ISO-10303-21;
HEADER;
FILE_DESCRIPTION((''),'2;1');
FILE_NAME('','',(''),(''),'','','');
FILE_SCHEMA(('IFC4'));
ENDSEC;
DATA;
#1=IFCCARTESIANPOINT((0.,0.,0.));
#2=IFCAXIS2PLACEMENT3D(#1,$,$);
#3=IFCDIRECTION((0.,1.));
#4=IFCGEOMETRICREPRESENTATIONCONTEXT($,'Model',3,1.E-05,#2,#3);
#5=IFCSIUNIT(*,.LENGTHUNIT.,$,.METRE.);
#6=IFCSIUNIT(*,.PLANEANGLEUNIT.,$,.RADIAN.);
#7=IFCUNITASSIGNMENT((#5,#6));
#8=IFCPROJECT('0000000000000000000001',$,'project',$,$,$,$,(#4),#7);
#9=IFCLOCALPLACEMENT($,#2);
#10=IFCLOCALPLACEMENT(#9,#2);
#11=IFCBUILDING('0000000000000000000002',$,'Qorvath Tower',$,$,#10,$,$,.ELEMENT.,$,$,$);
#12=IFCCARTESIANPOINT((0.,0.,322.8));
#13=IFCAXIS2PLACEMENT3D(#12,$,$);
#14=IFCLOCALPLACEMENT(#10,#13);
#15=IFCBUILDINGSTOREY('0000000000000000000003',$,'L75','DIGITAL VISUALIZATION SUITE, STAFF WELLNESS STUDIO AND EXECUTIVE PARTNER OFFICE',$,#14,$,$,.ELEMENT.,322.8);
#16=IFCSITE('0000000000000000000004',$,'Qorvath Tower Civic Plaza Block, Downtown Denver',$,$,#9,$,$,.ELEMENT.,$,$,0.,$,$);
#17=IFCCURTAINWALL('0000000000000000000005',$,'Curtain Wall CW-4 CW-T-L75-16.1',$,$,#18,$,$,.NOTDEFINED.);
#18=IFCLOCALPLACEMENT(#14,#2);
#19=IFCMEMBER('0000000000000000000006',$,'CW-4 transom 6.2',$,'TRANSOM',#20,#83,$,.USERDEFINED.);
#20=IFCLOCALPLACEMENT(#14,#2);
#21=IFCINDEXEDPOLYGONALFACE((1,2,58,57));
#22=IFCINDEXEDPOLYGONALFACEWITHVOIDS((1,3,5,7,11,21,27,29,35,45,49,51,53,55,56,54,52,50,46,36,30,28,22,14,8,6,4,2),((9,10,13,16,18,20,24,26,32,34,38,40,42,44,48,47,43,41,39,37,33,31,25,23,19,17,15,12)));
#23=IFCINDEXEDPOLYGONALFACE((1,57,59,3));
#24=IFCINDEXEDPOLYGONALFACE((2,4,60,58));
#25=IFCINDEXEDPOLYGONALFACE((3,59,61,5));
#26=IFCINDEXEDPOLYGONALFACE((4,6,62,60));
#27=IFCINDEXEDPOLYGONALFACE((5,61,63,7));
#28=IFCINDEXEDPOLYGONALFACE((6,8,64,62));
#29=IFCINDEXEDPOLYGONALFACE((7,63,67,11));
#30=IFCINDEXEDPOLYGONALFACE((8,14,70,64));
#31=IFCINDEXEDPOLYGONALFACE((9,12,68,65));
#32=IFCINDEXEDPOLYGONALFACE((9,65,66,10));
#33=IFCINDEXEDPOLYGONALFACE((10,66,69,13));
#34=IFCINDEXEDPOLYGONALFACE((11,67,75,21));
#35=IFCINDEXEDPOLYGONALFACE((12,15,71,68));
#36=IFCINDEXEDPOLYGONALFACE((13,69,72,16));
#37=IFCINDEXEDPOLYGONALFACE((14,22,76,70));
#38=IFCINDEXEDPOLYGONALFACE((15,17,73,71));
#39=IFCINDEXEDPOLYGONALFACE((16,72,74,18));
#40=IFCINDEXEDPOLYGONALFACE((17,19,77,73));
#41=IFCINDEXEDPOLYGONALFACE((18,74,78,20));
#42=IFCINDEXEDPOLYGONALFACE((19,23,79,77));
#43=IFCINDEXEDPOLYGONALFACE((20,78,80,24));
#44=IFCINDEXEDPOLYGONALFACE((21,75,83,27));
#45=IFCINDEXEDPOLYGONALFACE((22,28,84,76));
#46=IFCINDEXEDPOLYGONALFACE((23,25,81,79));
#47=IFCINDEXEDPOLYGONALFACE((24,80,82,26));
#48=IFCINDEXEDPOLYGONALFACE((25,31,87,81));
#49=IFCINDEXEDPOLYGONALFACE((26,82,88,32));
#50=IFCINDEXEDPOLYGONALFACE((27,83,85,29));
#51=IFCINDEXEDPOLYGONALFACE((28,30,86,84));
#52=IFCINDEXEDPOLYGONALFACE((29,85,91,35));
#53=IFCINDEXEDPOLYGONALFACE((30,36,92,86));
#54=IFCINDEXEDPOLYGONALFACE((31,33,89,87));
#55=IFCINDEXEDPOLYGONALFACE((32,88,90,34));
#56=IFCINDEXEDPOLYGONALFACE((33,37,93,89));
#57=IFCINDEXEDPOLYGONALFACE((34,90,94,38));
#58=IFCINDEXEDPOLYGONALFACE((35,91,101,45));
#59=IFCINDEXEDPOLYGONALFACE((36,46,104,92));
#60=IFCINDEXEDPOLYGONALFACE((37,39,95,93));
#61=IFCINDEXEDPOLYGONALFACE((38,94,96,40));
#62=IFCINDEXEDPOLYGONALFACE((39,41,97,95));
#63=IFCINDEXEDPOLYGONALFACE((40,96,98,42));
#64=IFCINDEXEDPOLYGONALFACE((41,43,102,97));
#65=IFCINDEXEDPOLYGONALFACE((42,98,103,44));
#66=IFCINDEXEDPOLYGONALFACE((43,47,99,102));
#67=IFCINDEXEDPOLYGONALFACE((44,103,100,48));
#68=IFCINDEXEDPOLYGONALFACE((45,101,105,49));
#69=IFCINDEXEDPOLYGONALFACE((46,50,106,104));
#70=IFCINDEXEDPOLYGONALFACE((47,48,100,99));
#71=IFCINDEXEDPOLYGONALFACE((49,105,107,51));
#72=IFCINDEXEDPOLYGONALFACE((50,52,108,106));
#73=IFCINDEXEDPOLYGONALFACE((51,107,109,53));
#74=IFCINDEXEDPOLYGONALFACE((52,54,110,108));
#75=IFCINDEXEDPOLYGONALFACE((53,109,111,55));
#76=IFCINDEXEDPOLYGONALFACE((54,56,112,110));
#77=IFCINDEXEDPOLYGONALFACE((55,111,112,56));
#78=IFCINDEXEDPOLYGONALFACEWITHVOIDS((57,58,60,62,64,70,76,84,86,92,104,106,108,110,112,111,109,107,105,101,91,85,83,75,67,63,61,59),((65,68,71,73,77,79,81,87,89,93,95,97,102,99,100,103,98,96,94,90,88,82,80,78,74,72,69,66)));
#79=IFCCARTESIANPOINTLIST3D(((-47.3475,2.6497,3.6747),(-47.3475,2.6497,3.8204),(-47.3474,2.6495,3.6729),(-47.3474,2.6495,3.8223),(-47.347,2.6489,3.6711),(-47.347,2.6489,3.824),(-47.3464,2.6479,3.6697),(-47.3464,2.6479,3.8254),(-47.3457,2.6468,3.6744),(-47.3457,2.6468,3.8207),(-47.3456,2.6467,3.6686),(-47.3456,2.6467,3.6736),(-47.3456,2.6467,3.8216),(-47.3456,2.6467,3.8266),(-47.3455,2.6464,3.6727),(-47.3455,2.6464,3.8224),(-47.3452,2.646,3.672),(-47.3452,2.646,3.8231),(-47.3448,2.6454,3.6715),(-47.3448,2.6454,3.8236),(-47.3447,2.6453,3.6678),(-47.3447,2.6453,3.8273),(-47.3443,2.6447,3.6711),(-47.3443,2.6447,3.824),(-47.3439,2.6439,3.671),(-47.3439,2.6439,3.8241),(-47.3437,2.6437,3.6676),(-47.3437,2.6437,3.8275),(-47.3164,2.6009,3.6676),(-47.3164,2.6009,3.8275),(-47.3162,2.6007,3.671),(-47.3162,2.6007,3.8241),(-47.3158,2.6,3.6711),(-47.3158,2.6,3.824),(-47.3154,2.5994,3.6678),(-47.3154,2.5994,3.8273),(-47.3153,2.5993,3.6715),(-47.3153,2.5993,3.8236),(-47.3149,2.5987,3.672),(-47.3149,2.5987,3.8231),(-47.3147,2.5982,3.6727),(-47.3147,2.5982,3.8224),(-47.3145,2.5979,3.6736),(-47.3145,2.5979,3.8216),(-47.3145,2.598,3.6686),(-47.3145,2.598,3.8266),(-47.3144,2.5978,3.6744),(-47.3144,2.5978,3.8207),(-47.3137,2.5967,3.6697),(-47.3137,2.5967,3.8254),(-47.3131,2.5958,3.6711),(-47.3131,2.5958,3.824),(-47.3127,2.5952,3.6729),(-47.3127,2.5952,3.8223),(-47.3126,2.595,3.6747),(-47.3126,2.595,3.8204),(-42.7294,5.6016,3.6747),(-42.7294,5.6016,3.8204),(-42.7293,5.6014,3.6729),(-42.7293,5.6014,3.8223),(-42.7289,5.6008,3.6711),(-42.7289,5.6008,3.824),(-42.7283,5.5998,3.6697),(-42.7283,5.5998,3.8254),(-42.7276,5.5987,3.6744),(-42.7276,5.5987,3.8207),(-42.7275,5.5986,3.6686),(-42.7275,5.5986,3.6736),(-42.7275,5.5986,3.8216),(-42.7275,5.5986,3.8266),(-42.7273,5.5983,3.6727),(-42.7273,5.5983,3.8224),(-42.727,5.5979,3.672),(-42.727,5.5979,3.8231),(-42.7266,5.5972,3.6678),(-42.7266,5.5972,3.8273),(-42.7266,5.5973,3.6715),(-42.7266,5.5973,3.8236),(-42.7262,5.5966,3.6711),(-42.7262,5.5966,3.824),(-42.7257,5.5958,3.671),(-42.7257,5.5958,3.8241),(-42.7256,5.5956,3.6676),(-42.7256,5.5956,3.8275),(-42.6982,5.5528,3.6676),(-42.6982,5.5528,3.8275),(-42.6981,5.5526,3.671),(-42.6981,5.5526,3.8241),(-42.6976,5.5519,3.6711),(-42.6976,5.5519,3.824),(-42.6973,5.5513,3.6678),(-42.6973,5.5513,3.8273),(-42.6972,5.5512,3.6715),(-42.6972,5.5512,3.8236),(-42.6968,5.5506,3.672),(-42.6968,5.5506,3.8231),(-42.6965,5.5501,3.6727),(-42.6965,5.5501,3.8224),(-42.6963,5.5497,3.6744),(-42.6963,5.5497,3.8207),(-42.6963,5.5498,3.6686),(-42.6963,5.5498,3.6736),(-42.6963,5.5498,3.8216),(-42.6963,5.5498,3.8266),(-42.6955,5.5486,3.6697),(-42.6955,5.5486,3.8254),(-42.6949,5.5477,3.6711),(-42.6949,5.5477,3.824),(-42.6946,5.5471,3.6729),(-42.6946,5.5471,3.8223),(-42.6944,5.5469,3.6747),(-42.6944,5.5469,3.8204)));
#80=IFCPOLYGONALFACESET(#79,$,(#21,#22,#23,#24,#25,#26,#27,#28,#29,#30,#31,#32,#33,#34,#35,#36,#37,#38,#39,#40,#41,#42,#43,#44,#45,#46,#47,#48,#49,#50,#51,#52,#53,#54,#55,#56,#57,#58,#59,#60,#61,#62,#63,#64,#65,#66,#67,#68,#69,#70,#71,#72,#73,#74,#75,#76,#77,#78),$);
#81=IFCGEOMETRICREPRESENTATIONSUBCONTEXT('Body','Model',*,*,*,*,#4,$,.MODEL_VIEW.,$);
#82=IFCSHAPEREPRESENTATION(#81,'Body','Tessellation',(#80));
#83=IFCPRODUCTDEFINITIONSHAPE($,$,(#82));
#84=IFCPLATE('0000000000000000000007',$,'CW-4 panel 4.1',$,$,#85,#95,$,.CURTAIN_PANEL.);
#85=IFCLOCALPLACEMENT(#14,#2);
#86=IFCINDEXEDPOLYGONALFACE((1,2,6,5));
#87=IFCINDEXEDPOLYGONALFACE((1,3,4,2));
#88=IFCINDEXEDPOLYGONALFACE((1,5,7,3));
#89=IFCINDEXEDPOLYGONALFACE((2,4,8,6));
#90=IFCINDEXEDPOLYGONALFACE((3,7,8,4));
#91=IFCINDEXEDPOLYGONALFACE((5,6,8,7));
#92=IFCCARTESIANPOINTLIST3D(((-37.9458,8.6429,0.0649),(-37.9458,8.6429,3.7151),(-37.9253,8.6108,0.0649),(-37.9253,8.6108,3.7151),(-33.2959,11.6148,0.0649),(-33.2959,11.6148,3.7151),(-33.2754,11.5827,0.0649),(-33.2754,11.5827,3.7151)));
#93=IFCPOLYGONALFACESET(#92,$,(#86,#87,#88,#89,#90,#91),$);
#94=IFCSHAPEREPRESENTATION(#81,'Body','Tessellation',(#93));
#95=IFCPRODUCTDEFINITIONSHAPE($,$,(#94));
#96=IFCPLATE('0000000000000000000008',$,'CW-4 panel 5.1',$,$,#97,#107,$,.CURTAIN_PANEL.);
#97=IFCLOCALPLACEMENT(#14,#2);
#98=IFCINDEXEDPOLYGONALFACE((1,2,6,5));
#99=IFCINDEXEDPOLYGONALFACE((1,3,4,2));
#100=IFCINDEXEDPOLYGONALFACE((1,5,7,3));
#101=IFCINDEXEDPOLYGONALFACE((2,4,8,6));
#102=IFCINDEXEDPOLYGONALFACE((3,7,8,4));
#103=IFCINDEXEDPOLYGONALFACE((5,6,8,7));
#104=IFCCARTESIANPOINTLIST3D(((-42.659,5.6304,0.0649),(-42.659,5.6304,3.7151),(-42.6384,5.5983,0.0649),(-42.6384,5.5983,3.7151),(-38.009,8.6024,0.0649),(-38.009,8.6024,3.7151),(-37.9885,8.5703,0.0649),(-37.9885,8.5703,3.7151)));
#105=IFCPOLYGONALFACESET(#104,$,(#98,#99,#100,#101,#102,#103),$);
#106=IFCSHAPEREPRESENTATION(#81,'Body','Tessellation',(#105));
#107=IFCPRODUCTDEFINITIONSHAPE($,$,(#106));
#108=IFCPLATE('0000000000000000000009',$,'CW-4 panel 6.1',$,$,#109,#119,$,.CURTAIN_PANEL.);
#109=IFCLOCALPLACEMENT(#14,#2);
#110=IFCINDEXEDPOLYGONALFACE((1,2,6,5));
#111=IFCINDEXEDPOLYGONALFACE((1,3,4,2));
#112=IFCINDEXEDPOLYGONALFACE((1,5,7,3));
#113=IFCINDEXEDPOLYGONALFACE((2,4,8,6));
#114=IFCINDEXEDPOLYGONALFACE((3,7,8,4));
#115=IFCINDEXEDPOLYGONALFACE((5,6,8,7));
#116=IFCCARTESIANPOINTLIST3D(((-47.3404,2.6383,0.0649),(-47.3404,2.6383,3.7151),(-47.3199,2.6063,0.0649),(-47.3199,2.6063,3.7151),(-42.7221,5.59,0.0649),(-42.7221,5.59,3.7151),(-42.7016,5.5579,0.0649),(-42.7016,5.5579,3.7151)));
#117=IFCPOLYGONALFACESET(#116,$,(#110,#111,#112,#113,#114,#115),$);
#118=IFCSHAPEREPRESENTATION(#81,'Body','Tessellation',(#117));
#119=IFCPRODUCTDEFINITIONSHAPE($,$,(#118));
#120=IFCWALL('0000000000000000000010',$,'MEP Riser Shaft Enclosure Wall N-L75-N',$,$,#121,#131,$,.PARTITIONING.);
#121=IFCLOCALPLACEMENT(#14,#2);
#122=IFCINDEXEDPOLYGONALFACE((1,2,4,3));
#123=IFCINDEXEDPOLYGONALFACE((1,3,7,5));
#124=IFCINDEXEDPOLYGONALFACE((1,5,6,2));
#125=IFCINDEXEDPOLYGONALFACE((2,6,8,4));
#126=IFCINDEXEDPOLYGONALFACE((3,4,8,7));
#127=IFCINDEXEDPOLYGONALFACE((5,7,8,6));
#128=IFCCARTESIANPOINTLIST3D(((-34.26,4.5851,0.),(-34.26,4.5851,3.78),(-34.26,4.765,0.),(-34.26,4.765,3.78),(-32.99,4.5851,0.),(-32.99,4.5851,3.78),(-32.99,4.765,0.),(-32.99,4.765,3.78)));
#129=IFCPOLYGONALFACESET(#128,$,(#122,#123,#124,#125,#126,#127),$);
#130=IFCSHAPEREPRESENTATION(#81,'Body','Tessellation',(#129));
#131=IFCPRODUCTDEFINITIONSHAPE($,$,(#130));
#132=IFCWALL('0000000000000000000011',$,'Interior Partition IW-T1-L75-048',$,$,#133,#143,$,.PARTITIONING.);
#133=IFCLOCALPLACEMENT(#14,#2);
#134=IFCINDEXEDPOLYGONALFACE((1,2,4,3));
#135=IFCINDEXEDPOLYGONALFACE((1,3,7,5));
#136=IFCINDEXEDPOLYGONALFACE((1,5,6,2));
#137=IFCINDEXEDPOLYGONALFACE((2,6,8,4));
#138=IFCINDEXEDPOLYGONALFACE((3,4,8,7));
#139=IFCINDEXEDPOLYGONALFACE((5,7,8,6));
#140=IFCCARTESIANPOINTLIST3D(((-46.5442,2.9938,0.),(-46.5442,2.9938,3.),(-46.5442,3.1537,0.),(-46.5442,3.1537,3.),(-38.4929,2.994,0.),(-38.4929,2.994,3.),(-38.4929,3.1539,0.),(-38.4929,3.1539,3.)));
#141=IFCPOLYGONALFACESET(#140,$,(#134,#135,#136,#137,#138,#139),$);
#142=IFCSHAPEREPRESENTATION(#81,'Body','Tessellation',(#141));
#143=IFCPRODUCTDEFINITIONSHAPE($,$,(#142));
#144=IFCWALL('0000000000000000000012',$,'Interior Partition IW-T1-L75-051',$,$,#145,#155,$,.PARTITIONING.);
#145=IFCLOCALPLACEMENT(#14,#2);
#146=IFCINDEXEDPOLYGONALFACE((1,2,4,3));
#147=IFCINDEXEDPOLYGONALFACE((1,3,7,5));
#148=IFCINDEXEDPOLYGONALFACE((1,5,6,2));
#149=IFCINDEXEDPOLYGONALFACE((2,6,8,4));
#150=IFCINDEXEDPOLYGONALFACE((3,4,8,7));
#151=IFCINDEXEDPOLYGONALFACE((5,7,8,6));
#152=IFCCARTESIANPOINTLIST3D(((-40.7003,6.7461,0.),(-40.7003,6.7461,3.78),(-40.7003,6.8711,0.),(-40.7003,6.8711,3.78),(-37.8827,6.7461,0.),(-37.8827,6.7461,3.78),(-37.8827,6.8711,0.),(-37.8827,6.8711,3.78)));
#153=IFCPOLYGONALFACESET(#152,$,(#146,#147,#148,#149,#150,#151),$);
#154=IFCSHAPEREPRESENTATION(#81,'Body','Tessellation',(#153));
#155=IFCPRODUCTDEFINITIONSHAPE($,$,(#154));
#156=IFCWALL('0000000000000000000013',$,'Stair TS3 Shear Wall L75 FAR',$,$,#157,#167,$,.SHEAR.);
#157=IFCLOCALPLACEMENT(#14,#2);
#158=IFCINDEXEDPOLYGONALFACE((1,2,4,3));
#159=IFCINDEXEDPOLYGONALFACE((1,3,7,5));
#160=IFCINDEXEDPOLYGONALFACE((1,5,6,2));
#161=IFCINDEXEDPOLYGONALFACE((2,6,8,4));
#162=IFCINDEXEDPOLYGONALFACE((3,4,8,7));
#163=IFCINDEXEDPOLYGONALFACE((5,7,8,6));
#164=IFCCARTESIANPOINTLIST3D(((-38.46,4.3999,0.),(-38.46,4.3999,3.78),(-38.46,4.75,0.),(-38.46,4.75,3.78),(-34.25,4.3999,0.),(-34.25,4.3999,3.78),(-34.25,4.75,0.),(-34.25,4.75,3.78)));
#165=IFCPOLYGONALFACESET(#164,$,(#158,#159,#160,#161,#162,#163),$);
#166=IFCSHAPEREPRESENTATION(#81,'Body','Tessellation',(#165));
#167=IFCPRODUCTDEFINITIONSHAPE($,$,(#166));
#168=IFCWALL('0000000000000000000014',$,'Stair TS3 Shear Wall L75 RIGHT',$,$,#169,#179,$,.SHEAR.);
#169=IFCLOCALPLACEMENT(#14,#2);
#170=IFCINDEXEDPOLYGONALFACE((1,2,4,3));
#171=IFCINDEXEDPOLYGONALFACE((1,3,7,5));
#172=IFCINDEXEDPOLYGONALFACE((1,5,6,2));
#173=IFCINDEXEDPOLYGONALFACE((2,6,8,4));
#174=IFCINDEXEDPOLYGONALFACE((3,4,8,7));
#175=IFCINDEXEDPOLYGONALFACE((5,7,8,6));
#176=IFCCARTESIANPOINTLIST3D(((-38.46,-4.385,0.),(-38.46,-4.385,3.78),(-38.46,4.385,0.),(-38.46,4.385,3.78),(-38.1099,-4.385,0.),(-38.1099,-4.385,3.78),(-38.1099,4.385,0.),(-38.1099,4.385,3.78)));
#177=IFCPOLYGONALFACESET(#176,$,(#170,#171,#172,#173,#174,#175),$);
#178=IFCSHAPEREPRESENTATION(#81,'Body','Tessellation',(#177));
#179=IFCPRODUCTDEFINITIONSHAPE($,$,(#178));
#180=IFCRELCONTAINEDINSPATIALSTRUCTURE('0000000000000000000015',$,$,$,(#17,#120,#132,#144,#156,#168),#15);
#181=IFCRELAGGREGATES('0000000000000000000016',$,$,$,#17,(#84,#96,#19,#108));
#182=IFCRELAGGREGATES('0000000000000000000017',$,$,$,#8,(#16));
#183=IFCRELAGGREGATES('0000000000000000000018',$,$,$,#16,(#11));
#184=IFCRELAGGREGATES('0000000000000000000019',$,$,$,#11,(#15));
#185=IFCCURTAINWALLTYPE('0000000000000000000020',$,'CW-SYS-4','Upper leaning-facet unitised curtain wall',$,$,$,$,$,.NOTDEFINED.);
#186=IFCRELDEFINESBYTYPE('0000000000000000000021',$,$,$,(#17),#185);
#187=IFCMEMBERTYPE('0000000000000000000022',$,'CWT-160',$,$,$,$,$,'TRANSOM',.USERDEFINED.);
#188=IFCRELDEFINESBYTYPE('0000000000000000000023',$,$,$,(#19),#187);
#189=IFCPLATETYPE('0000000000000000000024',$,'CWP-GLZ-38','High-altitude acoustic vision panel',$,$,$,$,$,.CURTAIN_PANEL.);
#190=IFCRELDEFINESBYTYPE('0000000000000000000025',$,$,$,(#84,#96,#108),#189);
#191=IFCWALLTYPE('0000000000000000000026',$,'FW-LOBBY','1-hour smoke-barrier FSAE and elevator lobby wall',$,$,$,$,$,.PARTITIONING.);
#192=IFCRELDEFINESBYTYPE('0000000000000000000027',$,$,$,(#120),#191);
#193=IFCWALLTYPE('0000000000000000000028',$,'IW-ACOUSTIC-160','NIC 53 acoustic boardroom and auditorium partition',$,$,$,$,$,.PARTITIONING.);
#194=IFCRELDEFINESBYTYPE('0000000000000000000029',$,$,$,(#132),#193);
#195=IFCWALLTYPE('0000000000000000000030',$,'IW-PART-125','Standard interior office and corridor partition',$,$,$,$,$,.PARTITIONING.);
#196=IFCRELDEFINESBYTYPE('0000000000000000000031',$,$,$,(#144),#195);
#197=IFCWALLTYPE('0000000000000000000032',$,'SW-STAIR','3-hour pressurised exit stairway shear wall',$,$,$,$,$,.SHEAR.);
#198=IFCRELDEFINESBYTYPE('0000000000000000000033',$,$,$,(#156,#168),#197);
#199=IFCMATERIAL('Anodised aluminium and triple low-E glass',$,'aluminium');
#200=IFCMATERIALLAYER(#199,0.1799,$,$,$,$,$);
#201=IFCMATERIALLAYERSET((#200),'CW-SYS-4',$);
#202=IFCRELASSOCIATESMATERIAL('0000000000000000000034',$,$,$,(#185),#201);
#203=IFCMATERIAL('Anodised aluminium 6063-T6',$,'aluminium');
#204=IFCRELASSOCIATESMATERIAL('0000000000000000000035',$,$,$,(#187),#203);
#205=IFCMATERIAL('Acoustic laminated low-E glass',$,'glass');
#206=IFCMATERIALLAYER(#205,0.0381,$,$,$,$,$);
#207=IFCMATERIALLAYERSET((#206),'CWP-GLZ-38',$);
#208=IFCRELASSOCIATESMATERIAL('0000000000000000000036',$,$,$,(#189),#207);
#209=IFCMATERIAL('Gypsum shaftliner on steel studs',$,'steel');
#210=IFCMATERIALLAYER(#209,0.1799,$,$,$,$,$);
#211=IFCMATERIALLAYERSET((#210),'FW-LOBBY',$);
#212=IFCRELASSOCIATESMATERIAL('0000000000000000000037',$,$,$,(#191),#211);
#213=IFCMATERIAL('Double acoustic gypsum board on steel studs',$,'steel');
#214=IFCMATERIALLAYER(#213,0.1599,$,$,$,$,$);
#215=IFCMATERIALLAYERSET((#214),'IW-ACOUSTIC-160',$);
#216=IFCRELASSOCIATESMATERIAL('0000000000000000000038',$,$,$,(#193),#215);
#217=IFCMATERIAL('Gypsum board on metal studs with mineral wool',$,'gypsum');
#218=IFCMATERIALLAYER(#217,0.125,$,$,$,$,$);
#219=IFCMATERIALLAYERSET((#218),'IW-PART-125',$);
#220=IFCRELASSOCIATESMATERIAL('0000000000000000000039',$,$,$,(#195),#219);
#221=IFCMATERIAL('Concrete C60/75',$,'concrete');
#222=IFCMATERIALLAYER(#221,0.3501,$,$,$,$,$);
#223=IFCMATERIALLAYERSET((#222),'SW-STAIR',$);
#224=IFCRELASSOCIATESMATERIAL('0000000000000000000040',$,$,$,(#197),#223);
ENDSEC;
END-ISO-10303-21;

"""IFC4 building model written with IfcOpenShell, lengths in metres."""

from ifc_helpers import new_model, si_unit, direction, frame, frame_2d, origin, origin_2d, place, context, subcontext, project, spatial, rectangle, hollow_rectangle, extrude, material, layer, layer_set, material_profile, profile_set, type_object, element, aggregate, save


model = new_model("IFC4")

# Units and contexts
model_context = context("Model", 3, precision=1e-05, world=origin(), true_north=direction((0.0, 1.0)))
body_context = subcontext(model_context, "Body", "Model", "MODEL_VIEW")
ifc_project = project(units=[si_unit("LENGTHUNIT", "METRE"), si_unit("PLANEANGLEUNIT", "RADIAN")], contexts=[model_context])

# Site, building, storey
site_placement = place(None, origin())
site = spatial("IfcSite", under=ifc_project, at=site_placement, Name="Qorvath Tower Civic Plaza Block, Downtown Denver", CompositionType="ELEMENT", RefElevation=0.0)
building_placement = place(site_placement, origin())
building = spatial("IfcBuilding", under=site, at=building_placement, Name="Qorvath Tower", CompositionType="ELEMENT")
storey_placement = place(building_placement, frame((0.0, 0.0, 322.8)))
storey = spatial("IfcBuildingStorey", under=building, at=storey_placement, Name="L75", Description="DIGITAL VISUALIZATION SUITE, STAFF WELLNESS STUDIO AND EXECUTIVE PARTNER OFFICE", CompositionType="ELEMENT", Elevation=322.8)

# Curtain wall, member, plates
ifc_material_1 = material(Name="Anodised aluminium and triple low-E glass", Category="aluminium")
ifc_layer_1 = layer(ifc_material_1, 0.1799)
ifc_layer_set_1 = layer_set([ifc_layer_1], Name="CW-SYS-4")
curtain_wall_type = type_object("IfcCurtainWallType", Name="CW-SYS-4", Description="Upper leaning-facet unitised curtain wall", PredefinedType="NOTDEFINED", material=ifc_layer_set_1)
curtain_wall_placement = place(storey_placement, origin())
curtain_wall = element("IfcCurtainWall", 1, at=curtain_wall_placement, inside=storey, type_object=curtain_wall_type, Name="Curtain Wall CW-4 CW-T-L75-16.1", PredefinedType="NOTDEFINED")
ifc_material_2 = material(Name="Anodised aluminium 6063-T6", Category="aluminium")
ifc_material_profile_1 = material_profile(ifc_material_2, hollow_rectangle(XDim=0.0649, YDim=0.1599, WallThickness=0.0034, InnerFilletRadius=0.0034, OuterFilletRadius=0.0071, at=origin_2d()), Name="CWT 160x65")
ifc_profile_set_1 = profile_set([ifc_material_profile_1], Name="Anodised aluminium 6063-T6")
member_type_1 = type_object("IfcMemberType", Name="CWT-160", ElementType="TRANSOM", PredefinedType="USERDEFINED", material=ifc_profile_set_1)
member_1_placement = place(storey_placement, frame((-42.7119, 5.5742, 3.7476), z_axis=(-0.842579, -0.538572, 0.0), x_axis=(0.538572, -0.842579, 0.0)))
member_1 = element("IfcMember", 2, at=member_1_placement, type_object=member_type_1, Name="CW-4 transom 6.2", ObjectType="TRANSOM", PredefinedType="USERDEFINED", context=body_context, shape_type="SweptSolid", body=[
    extrude(hollow_rectangle(XDim=0.0649, YDim=0.1599, WallThickness=0.0034, InnerFilletRadius=0.0034, OuterFilletRadius=0.0071, at=origin_2d()), origin(), (0.0, 0.0, 1.0), 5.481),
])
ifc_material_3 = material(Name="Acoustic laminated low-E glass", Category="glass")
ifc_layer_2 = layer(ifc_material_3, 0.0381)
ifc_layer_set_2 = layer_set([ifc_layer_2], Name="CWP-GLZ-38")
plate_type = type_object("IfcPlateType", Name="CWP-GLZ-38", Description="High-altitude acoustic vision panel", PredefinedType="CURTAIN_PANEL", material=ifc_layer_set_2)
plate_1_placement = place(storey_placement, frame((-35.6106, 10.1128, 0.0649), z_axis=(0.0, 0.0, 1.0), x_axis=(-0.842603, -0.538536, 0.0)))
plate_1 = element("IfcPlate", 3, at=plate_1_placement, type_object=plate_type, Name="CW-4 panel 4.1", PredefinedType="CURTAIN_PANEL", context=body_context, shape_type="SweptSolid", body=[
    extrude(rectangle(XDim=5.5186, YDim=0.0381, at=origin_2d()), origin(), (0.0, 0.0, 1.0), 3.6501),
])
plate_2_placement = place(storey_placement, frame((-40.3237, 7.1003, 0.0649), z_axis=(0.0, 0.0, 1.0), x_axis=(-0.842603, -0.538536, 0.0)))
plate_2 = element("IfcPlate", 4, at=plate_2_placement, type_object=plate_type, Name="CW-4 panel 5.1", PredefinedType="CURTAIN_PANEL", context=body_context, shape_type="SweptSolid", body=[
    extrude(rectangle(XDim=5.5186, YDim=0.0381, at=origin_2d()), origin(), (0.0, 0.0, 1.0), 3.6501),
])
plate_3_placement = place(storey_placement, frame((-45.021, 4.0981, 0.0649), z_axis=(0.0, 0.0, 1.0), x_axis=(-0.842603, -0.538536, 0.0)))
plate_3 = element("IfcPlate", 5, at=plate_3_placement, type_object=plate_type, Name="CW-4 panel 6.1", PredefinedType="CURTAIN_PANEL", context=body_context, shape_type="SweptSolid", body=[
    extrude(rectangle(XDim=5.481, YDim=0.0381, at=origin_2d()), origin(), (0.0, 0.0, 1.0), 3.6501),
])
aggregate(curtain_wall, [plate_1, plate_2, member_1, plate_3])

# Walls
ifc_material_4 = material(Name="Gypsum shaftliner on steel studs", Category="steel")
ifc_layer_3 = layer(ifc_material_4, 0.1799)
ifc_layer_set_3 = layer_set([ifc_layer_3], Name="FW-LOBBY")
wall_type_1 = type_object("IfcWallType", Name="FW-LOBBY", Description="1-hour smoke-barrier FSAE and elevator lobby wall", PredefinedType="PARTITIONING", material=ifc_layer_set_3)
wall_1_placement = place(storey_placement, frame((-34.26, 4.675, 0.0), z_axis=(0.0, 0.0, 1.0), x_axis=(1.0, 0.0, 0.0)))
element("IfcWall", 6, at=wall_1_placement, inside=storey, type_object=wall_type_1, Name="MEP Riser Shaft Enclosure Wall N-L75-N", PredefinedType="PARTITIONING", context=body_context, shape_type="SweptSolid", body=[
    extrude(rectangle(XDim=1.27, YDim=0.1799, at=frame_2d((0.635, 0.0))), origin(), (0.0, 0.0, 1.0), 3.78),
])
ifc_material_5 = material(Name="Double acoustic gypsum board on steel studs", Category="steel")
ifc_layer_4 = layer(ifc_material_5, 0.1599)
ifc_layer_set_4 = layer_set([ifc_layer_4], Name="IW-ACOUSTIC-160")
wall_type_2 = type_object("IfcWallType", Name="IW-ACOUSTIC-160", Description="NIC 53 acoustic boardroom and auditorium partition", PredefinedType="PARTITIONING", material=ifc_layer_set_4)
wall_2_placement = place(storey_placement, frame((-38.4929, 3.074, 0.0), z_axis=(0.0, 0.0, 1.0), x_axis=(-1.0, -0.00003, 0.0)))
element("IfcWall", 7, at=wall_2_placement, inside=storey, type_object=wall_type_2, Name="Interior Partition IW-T1-L75-048", PredefinedType="PARTITIONING", context=body_context, shape_type="SweptSolid", body=[
    extrude(rectangle(XDim=8.0513, YDim=0.1599, at=frame_2d((4.0256, 0.0))), origin(), (0.0, 0.0, 1.0), 3.0),
])

# Shared definitions
ifc_material_6 = material(Name="Gypsum board on metal studs with mineral wool", Category="gypsum")
ifc_layer_5 = layer(ifc_material_6, 0.125)
ifc_layer_set_5 = layer_set([ifc_layer_5], Name="IW-PART-125")
wall_type_3 = type_object("IfcWallType", Name="IW-PART-125", Description="Standard interior office and corridor partition", PredefinedType="PARTITIONING", material=ifc_layer_set_5)

# Walls
wall_3_placement = place(storey_placement, frame((-37.8828, 6.8086, 0.0), z_axis=(0.0, 0.0, 1.0), x_axis=(-1.0, 0.0, 0.0)))
element("IfcWall", 8, at=wall_3_placement, inside=storey, type_object=wall_type_3, Name="Interior Partition IW-T1-L75-051", PredefinedType="PARTITIONING", context=body_context, shape_type="SweptSolid", body=[
    extrude(rectangle(XDim=2.8176, YDim=0.125, at=frame_2d((1.4087, 0.0))), origin(), (0.0, 0.0, 1.0), 3.78),
])
ifc_material_7 = material(Name="Concrete C60/75", Category="concrete")
ifc_layer_6 = layer(ifc_material_7, 0.3501)
ifc_layer_set_6 = layer_set([ifc_layer_6], Name="SW-STAIR")
wall_type_4 = type_object("IfcWallType", Name="SW-STAIR", Description="3-hour pressurised exit stairway shear wall", PredefinedType="SHEAR", material=ifc_layer_set_6)
wall_4_placement = place(storey_placement, frame((-34.25, 4.575, 0.0), z_axis=(0.0, 0.0, 1.0), x_axis=(-1.0, 0.0, 0.0)))
element("IfcWall", 9, at=wall_4_placement, inside=storey, type_object=wall_type_4, Name="Stair TS3 Shear Wall L75 FAR", PredefinedType="SHEAR", context=body_context, shape_type="SweptSolid", body=[
    extrude(rectangle(XDim=4.21, YDim=0.3501, at=frame_2d((2.105, 0.0))), origin(), (0.0, 0.0, 1.0), 3.78),
])
wall_5_placement = place(storey_placement, frame((-38.2849, 4.385, 0.0), z_axis=(0.0, 0.0, 1.0), x_axis=(0.0, -1.0, 0.0)))
element("IfcWall", 10, at=wall_5_placement, inside=storey, type_object=wall_type_4, Name="Stair TS3 Shear Wall L75 RIGHT", PredefinedType="SHEAR", context=body_context, shape_type="SweptSolid", body=[
    extrude(rectangle(XDim=8.77, YDim=0.3501, at=frame_2d((4.385, 0.0))), origin(), (0.0, 0.0, 1.0), 3.78),
])

save(model, "model.ifc")
